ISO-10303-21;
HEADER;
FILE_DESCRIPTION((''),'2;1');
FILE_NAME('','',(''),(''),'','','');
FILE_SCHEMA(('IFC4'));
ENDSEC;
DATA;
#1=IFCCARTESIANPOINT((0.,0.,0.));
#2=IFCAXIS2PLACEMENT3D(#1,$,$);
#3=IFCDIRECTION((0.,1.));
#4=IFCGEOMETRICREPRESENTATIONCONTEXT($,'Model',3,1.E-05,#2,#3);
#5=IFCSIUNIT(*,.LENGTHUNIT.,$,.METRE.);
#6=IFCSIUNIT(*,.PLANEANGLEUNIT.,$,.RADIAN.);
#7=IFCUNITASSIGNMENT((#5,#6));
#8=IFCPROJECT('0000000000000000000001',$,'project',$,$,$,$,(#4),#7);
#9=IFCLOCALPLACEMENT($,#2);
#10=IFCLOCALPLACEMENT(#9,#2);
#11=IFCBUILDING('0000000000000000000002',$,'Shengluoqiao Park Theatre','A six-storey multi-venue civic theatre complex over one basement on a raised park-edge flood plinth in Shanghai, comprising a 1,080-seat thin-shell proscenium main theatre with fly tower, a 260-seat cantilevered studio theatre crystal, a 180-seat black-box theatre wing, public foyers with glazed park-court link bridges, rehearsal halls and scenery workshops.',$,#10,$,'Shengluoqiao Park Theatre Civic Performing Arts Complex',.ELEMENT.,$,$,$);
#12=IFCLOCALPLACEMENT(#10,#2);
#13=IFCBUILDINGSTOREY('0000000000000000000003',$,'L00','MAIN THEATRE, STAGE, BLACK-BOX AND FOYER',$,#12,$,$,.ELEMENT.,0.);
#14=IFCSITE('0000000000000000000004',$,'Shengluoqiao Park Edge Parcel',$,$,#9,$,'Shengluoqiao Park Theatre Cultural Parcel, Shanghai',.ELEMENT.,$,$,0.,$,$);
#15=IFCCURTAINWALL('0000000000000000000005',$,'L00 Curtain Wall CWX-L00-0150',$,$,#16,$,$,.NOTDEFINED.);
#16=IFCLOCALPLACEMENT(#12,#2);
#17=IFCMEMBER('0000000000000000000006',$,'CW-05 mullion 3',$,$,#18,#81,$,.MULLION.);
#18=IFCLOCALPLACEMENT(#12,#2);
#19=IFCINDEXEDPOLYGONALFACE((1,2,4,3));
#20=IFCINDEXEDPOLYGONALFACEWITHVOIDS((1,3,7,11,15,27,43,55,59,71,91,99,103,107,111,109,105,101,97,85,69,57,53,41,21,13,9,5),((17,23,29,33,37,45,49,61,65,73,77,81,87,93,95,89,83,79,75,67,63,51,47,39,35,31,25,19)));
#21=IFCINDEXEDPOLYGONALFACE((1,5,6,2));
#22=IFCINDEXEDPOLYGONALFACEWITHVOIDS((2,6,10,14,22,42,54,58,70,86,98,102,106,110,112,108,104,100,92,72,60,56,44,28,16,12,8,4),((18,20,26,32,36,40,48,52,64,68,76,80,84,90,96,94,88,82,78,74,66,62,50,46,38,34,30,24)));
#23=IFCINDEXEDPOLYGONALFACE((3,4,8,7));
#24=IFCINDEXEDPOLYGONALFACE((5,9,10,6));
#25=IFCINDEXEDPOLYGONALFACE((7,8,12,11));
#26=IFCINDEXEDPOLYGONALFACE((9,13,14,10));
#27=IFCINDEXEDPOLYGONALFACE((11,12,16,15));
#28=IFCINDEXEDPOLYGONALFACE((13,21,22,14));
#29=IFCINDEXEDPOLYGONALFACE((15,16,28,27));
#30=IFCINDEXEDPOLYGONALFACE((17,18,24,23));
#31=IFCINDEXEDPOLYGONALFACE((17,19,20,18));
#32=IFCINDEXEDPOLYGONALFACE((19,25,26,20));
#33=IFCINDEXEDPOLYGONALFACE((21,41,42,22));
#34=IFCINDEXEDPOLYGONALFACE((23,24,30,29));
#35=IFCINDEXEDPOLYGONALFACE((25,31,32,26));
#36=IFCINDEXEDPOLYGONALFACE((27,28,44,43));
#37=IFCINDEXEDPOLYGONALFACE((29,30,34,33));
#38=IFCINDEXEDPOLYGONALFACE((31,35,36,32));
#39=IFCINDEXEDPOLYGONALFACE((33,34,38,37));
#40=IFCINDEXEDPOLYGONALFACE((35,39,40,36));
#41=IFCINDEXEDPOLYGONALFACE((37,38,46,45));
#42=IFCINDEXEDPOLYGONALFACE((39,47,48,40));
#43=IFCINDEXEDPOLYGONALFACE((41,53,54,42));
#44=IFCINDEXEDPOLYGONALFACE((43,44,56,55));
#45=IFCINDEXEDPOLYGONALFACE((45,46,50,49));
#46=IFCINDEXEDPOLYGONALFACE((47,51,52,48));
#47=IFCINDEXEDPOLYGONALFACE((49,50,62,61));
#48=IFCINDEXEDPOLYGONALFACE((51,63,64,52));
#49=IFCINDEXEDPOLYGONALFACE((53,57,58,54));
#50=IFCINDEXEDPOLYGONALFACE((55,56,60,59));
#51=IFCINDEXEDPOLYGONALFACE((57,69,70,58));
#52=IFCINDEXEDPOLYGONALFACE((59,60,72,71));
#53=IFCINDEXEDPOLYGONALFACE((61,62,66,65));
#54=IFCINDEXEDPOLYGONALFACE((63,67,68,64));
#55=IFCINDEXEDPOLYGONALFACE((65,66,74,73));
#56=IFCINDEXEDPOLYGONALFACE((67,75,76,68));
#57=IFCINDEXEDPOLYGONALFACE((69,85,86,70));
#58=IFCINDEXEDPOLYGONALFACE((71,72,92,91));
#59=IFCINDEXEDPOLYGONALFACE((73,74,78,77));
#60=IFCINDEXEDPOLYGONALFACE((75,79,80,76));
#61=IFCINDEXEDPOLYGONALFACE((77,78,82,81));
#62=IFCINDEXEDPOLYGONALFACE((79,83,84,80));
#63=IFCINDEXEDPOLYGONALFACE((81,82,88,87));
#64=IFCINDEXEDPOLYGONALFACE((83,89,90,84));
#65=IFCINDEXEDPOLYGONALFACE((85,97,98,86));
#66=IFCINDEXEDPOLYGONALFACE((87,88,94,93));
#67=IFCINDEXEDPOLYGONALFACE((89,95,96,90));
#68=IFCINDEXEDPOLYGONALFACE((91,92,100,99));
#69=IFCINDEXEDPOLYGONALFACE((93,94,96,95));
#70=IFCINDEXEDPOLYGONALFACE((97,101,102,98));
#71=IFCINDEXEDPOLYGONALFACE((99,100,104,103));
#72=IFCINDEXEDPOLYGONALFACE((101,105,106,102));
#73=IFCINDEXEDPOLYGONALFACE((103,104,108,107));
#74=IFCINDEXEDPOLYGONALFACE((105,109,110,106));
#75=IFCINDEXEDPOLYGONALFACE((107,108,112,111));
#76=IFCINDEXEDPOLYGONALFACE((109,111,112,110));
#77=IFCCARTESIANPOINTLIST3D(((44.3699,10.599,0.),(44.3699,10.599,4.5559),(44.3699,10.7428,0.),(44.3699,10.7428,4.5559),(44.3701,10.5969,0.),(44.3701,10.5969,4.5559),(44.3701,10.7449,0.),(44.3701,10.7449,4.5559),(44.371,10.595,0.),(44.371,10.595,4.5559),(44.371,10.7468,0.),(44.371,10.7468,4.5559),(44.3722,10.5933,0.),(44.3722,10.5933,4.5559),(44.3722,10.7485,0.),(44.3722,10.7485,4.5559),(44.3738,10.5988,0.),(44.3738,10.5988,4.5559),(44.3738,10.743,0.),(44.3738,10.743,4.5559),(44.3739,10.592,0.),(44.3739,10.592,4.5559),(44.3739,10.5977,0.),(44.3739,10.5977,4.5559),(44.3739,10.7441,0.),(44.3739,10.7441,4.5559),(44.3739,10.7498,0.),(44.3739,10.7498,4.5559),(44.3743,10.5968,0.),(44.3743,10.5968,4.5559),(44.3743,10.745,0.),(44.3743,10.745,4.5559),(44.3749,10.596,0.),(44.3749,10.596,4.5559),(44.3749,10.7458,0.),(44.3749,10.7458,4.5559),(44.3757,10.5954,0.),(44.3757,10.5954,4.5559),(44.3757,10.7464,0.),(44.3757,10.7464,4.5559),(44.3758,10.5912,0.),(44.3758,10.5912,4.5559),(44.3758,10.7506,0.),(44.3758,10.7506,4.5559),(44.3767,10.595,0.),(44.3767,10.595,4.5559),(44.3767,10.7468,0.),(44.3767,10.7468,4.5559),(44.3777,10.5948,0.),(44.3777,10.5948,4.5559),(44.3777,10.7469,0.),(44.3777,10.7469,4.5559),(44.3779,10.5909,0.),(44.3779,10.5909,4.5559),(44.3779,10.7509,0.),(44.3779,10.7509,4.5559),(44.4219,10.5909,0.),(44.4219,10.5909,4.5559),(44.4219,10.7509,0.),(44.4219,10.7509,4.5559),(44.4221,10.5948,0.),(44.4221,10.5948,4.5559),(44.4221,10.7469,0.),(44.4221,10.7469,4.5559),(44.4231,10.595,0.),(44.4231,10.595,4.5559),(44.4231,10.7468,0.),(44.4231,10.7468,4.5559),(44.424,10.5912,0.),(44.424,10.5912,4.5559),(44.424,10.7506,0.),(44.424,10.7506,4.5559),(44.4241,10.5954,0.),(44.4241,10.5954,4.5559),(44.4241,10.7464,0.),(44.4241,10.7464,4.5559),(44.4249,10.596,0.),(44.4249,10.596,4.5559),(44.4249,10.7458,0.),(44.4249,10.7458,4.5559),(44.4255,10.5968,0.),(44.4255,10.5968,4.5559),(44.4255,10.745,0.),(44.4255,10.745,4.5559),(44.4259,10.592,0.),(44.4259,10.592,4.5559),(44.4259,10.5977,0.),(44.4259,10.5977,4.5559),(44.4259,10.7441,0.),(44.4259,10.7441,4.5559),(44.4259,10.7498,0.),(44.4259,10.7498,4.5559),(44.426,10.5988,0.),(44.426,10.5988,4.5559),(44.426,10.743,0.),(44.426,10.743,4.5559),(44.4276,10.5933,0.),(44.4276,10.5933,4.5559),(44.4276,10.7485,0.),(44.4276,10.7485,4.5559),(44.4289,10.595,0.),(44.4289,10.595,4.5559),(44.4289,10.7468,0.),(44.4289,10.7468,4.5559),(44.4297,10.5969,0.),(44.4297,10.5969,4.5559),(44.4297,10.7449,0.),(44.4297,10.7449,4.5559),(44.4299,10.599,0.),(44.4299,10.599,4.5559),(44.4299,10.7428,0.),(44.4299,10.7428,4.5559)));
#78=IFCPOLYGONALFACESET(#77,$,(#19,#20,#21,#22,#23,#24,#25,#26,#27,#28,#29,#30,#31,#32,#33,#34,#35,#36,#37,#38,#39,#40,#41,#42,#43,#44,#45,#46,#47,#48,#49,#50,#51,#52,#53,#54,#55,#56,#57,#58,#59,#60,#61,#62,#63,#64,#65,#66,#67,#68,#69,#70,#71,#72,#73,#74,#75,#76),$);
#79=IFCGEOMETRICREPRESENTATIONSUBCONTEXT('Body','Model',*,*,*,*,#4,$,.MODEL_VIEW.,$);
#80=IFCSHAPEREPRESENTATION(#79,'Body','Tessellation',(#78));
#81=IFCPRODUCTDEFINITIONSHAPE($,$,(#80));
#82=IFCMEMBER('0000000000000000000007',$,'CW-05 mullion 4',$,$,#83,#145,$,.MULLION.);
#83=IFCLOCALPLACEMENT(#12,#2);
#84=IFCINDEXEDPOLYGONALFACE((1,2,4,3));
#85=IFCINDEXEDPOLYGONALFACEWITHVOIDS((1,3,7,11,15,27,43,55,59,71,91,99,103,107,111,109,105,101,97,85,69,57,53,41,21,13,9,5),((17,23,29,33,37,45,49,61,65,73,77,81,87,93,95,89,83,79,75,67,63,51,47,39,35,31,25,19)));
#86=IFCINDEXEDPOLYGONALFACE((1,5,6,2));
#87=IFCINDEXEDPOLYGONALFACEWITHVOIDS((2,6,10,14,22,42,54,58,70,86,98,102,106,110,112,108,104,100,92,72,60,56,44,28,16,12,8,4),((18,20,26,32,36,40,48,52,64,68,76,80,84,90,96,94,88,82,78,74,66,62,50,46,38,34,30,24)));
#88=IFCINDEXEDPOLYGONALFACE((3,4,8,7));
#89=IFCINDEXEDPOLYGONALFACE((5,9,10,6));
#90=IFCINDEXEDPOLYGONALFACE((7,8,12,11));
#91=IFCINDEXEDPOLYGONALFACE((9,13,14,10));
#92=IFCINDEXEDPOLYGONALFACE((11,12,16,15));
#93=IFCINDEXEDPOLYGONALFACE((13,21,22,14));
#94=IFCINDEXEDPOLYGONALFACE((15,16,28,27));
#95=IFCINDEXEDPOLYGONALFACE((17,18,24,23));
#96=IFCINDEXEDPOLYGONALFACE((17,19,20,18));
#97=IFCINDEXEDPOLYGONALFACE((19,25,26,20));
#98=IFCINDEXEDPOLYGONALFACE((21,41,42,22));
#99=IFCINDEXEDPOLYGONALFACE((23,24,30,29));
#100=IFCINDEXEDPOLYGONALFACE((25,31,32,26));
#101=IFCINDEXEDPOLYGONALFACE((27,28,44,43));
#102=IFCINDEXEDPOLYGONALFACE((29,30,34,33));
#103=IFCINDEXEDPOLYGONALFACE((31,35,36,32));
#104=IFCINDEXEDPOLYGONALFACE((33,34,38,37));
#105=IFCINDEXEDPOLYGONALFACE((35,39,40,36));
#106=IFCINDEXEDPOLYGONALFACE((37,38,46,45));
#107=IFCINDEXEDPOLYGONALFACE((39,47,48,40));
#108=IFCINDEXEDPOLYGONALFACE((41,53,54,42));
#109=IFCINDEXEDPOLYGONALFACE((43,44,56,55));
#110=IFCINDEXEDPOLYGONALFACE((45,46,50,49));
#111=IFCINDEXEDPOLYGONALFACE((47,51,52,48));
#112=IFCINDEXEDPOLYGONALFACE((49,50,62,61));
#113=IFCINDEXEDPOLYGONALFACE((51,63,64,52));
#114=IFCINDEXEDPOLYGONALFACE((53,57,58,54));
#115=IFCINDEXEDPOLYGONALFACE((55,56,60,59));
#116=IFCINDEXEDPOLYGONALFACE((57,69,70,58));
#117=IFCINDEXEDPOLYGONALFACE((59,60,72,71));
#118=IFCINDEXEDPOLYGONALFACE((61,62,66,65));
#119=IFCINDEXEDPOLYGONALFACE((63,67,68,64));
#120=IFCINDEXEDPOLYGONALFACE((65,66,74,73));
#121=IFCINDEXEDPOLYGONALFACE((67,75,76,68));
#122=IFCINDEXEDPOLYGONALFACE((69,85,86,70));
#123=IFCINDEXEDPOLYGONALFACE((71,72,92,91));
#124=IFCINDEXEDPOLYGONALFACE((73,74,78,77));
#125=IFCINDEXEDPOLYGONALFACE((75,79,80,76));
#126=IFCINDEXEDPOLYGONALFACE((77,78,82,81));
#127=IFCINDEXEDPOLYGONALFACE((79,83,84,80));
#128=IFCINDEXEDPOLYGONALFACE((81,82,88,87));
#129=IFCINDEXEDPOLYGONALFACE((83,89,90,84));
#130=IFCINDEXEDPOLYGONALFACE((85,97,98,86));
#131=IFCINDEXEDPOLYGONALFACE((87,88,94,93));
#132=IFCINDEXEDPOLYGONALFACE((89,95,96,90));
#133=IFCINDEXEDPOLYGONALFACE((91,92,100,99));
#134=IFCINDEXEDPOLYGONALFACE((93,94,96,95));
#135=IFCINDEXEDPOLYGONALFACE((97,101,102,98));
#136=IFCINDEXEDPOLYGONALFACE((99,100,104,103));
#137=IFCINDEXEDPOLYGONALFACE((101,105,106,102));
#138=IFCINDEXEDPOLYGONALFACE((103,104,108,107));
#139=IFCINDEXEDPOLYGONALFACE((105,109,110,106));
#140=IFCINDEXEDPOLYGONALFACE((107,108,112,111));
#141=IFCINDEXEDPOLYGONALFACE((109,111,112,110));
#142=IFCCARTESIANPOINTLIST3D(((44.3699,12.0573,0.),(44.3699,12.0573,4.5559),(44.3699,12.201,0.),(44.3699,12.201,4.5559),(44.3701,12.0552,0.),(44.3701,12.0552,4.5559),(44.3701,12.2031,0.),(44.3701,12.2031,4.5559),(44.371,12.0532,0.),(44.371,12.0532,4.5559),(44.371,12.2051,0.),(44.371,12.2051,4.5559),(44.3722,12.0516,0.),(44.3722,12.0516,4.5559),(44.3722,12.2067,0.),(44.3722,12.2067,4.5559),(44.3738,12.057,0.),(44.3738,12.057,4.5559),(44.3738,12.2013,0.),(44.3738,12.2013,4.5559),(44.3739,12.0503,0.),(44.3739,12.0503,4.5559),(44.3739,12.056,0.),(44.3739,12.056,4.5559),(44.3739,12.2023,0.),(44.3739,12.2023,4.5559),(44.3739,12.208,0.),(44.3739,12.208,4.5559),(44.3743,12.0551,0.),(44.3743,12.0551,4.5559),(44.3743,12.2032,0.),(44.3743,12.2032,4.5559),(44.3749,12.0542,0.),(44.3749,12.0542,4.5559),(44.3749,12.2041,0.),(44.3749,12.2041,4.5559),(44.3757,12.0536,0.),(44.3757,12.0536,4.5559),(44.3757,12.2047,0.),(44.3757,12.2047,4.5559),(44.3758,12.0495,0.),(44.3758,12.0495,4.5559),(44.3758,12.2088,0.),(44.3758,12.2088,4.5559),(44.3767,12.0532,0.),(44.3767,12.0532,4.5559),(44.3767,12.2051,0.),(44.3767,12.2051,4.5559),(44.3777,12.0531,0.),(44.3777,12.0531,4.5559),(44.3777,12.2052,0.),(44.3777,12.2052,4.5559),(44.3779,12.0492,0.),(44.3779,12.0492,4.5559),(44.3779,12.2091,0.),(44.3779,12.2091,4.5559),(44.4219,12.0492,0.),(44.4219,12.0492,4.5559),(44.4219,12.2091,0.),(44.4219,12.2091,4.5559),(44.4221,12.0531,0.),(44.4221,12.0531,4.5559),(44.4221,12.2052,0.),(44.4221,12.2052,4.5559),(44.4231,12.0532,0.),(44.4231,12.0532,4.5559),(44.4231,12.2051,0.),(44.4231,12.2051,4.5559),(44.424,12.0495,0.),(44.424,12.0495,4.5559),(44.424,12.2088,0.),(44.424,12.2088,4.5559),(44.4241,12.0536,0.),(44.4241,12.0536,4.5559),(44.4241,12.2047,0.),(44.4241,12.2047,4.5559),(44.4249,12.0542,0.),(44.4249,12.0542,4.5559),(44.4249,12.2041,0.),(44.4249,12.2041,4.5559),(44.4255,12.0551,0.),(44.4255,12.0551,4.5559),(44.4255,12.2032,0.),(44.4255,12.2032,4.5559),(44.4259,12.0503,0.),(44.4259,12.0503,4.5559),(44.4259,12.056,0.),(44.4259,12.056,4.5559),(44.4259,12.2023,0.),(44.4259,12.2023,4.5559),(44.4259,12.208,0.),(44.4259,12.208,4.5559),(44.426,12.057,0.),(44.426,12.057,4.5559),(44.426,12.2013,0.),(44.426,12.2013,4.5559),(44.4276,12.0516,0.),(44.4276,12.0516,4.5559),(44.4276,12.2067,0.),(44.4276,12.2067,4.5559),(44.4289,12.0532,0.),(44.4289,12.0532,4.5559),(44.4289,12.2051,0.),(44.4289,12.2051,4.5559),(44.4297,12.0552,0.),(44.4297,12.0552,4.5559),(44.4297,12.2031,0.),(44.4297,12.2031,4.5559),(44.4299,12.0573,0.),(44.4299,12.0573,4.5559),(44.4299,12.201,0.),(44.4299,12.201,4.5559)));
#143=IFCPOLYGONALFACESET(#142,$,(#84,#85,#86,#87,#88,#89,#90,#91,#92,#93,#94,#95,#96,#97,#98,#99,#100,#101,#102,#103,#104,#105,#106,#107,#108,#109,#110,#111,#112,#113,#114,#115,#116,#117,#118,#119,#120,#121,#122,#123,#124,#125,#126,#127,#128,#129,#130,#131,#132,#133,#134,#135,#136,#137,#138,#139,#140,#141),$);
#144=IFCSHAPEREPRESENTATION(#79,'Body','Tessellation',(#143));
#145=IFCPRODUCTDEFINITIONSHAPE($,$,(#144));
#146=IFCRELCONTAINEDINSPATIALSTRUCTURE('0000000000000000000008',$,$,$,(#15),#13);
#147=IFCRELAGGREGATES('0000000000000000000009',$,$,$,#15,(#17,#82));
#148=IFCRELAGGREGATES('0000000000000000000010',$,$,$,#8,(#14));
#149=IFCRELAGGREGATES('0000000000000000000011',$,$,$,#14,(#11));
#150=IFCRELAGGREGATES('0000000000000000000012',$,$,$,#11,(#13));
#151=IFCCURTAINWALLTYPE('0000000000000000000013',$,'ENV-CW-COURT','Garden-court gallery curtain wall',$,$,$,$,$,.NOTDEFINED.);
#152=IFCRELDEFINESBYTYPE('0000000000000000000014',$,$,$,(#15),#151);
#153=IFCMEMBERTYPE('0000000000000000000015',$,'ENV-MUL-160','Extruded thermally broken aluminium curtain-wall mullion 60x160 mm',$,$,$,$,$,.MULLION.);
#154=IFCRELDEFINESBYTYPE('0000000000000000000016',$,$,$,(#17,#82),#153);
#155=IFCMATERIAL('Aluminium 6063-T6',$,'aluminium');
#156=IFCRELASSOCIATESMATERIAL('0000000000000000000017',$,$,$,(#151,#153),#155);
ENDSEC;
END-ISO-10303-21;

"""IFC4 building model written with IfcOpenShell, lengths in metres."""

from ifc_helpers import new_model, si_unit, direction, frame, origin, origin_2d, place, context, subcontext, project, spatial, hollow_rectangle, extrude, material, material_profile, profile_set, type_object, element, aggregate, save


model = new_model("IFC4")

# Units and contexts
model_context = context("Model", 3, precision=1e-05, world=origin(), true_north=direction((0.0, 1.0)))
body_context = subcontext(model_context, "Body", "Model", "MODEL_VIEW")
ifc_project = project(units=[si_unit("LENGTHUNIT", "METRE"), si_unit("PLANEANGLEUNIT", "RADIAN")], contexts=[model_context])

# Site, building, storey
site_placement = place(None, origin())
site = spatial("IfcSite", under=ifc_project, at=site_placement, Name="Shengluoqiao Park Edge Parcel", LongName="Shengluoqiao Park Theatre Cultural Parcel, Shanghai", CompositionType="ELEMENT", RefElevation=0.0)
building_placement = place(site_placement, origin())
building = spatial("IfcBuilding", under=site, at=building_placement, Name="Shengluoqiao Park Theatre", Description="A six-storey multi-venue civic theatre complex over one basement on a raised park-edge flood plinth in Shanghai, comprising a 1,080-seat thin-shell proscenium main theatre with fly tower, a 260-seat cantilevered studio theatre crystal, a 180-seat black-box theatre wing, public foyers with glazed park-court link bridges, rehearsal halls and scenery workshops.", LongName="Shengluoqiao Park Theatre Civic Performing Arts Complex", CompositionType="ELEMENT")
storey_placement = place(building_placement, origin())
storey = spatial("IfcBuildingStorey", under=building, at=storey_placement, Name="L00", Description="MAIN THEATRE, STAGE, BLACK-BOX AND FOYER", CompositionType="ELEMENT", Elevation=0.0)

# Curtain wall, members
ifc_material_1 = material(Name="Aluminium 6063-T6", Category="aluminium")
curtain_wall_type = type_object("IfcCurtainWallType", Name="ENV-CW-COURT", Description="Garden-court gallery curtain wall", PredefinedType="NOTDEFINED", material=ifc_material_1)
ifc_material_profile_1 = material_profile(ifc_material_1, hollow_rectangle(XDim=0.0601, YDim=0.1599, WallThickness=0.0039, InnerFilletRadius=0.0039, OuterFilletRadius=0.0081, at=origin_2d()), Name="ALU MULLION 160x60x4")
ifc_profile_set_1 = profile_set([ifc_material_profile_1], Name="Aluminium 6063-T6")
member_type_1 = type_object("IfcMemberType", Name="ENV-MUL-160", Description="Extruded thermally broken aluminium curtain-wall mullion 60x160 mm", PredefinedType="MULLION", material=ifc_profile_set_1)
curtain_wall_1_placement = place(storey_placement, origin())
curtain_wall_1 = element("IfcCurtainWall", 1, at=curtain_wall_1_placement, inside=storey, type_object=curtain_wall_type, Name="L00 Curtain Wall CWX-L00-0150", PredefinedType="NOTDEFINED")
member_1_placement = place(storey_placement, frame((44.3999, 10.6709, 0.0), z_axis=(0.0, 0.0, 1.0), x_axis=(-1.0, 0.0, 0.0)))
member_1 = element("IfcMember", 2, at=member_1_placement, type_object=member_type_1, Name="CW-05 mullion 3", PredefinedType="MULLION", context=body_context, shape_type="SweptSolid", body=[
    extrude(hollow_rectangle(XDim=0.0601, YDim=0.1599, WallThickness=0.0039, InnerFilletRadius=0.0039, OuterFilletRadius=0.0081, at=origin_2d()), origin(), (0.0, 0.0, 1.0), 4.5559),
])
member_2_placement = place(storey_placement, frame((44.3999, 12.1292, 0.0), z_axis=(0.0, 0.0, 1.0), x_axis=(-1.0, 0.0, 0.0)))
member_2 = element("IfcMember", 3, at=member_2_placement, type_object=member_type_1, Name="CW-05 mullion 4", PredefinedType="MULLION", context=body_context, shape_type="SweptSolid", body=[
    extrude(hollow_rectangle(XDim=0.0601, YDim=0.1599, WallThickness=0.0039, InnerFilletRadius=0.0039, OuterFilletRadius=0.0081, at=origin_2d()), origin(), (0.0, 0.0, 1.0), 4.5559),
])

aggregate(curtain_wall_1, [member_1, member_2])

save(model, "model.ifc")
